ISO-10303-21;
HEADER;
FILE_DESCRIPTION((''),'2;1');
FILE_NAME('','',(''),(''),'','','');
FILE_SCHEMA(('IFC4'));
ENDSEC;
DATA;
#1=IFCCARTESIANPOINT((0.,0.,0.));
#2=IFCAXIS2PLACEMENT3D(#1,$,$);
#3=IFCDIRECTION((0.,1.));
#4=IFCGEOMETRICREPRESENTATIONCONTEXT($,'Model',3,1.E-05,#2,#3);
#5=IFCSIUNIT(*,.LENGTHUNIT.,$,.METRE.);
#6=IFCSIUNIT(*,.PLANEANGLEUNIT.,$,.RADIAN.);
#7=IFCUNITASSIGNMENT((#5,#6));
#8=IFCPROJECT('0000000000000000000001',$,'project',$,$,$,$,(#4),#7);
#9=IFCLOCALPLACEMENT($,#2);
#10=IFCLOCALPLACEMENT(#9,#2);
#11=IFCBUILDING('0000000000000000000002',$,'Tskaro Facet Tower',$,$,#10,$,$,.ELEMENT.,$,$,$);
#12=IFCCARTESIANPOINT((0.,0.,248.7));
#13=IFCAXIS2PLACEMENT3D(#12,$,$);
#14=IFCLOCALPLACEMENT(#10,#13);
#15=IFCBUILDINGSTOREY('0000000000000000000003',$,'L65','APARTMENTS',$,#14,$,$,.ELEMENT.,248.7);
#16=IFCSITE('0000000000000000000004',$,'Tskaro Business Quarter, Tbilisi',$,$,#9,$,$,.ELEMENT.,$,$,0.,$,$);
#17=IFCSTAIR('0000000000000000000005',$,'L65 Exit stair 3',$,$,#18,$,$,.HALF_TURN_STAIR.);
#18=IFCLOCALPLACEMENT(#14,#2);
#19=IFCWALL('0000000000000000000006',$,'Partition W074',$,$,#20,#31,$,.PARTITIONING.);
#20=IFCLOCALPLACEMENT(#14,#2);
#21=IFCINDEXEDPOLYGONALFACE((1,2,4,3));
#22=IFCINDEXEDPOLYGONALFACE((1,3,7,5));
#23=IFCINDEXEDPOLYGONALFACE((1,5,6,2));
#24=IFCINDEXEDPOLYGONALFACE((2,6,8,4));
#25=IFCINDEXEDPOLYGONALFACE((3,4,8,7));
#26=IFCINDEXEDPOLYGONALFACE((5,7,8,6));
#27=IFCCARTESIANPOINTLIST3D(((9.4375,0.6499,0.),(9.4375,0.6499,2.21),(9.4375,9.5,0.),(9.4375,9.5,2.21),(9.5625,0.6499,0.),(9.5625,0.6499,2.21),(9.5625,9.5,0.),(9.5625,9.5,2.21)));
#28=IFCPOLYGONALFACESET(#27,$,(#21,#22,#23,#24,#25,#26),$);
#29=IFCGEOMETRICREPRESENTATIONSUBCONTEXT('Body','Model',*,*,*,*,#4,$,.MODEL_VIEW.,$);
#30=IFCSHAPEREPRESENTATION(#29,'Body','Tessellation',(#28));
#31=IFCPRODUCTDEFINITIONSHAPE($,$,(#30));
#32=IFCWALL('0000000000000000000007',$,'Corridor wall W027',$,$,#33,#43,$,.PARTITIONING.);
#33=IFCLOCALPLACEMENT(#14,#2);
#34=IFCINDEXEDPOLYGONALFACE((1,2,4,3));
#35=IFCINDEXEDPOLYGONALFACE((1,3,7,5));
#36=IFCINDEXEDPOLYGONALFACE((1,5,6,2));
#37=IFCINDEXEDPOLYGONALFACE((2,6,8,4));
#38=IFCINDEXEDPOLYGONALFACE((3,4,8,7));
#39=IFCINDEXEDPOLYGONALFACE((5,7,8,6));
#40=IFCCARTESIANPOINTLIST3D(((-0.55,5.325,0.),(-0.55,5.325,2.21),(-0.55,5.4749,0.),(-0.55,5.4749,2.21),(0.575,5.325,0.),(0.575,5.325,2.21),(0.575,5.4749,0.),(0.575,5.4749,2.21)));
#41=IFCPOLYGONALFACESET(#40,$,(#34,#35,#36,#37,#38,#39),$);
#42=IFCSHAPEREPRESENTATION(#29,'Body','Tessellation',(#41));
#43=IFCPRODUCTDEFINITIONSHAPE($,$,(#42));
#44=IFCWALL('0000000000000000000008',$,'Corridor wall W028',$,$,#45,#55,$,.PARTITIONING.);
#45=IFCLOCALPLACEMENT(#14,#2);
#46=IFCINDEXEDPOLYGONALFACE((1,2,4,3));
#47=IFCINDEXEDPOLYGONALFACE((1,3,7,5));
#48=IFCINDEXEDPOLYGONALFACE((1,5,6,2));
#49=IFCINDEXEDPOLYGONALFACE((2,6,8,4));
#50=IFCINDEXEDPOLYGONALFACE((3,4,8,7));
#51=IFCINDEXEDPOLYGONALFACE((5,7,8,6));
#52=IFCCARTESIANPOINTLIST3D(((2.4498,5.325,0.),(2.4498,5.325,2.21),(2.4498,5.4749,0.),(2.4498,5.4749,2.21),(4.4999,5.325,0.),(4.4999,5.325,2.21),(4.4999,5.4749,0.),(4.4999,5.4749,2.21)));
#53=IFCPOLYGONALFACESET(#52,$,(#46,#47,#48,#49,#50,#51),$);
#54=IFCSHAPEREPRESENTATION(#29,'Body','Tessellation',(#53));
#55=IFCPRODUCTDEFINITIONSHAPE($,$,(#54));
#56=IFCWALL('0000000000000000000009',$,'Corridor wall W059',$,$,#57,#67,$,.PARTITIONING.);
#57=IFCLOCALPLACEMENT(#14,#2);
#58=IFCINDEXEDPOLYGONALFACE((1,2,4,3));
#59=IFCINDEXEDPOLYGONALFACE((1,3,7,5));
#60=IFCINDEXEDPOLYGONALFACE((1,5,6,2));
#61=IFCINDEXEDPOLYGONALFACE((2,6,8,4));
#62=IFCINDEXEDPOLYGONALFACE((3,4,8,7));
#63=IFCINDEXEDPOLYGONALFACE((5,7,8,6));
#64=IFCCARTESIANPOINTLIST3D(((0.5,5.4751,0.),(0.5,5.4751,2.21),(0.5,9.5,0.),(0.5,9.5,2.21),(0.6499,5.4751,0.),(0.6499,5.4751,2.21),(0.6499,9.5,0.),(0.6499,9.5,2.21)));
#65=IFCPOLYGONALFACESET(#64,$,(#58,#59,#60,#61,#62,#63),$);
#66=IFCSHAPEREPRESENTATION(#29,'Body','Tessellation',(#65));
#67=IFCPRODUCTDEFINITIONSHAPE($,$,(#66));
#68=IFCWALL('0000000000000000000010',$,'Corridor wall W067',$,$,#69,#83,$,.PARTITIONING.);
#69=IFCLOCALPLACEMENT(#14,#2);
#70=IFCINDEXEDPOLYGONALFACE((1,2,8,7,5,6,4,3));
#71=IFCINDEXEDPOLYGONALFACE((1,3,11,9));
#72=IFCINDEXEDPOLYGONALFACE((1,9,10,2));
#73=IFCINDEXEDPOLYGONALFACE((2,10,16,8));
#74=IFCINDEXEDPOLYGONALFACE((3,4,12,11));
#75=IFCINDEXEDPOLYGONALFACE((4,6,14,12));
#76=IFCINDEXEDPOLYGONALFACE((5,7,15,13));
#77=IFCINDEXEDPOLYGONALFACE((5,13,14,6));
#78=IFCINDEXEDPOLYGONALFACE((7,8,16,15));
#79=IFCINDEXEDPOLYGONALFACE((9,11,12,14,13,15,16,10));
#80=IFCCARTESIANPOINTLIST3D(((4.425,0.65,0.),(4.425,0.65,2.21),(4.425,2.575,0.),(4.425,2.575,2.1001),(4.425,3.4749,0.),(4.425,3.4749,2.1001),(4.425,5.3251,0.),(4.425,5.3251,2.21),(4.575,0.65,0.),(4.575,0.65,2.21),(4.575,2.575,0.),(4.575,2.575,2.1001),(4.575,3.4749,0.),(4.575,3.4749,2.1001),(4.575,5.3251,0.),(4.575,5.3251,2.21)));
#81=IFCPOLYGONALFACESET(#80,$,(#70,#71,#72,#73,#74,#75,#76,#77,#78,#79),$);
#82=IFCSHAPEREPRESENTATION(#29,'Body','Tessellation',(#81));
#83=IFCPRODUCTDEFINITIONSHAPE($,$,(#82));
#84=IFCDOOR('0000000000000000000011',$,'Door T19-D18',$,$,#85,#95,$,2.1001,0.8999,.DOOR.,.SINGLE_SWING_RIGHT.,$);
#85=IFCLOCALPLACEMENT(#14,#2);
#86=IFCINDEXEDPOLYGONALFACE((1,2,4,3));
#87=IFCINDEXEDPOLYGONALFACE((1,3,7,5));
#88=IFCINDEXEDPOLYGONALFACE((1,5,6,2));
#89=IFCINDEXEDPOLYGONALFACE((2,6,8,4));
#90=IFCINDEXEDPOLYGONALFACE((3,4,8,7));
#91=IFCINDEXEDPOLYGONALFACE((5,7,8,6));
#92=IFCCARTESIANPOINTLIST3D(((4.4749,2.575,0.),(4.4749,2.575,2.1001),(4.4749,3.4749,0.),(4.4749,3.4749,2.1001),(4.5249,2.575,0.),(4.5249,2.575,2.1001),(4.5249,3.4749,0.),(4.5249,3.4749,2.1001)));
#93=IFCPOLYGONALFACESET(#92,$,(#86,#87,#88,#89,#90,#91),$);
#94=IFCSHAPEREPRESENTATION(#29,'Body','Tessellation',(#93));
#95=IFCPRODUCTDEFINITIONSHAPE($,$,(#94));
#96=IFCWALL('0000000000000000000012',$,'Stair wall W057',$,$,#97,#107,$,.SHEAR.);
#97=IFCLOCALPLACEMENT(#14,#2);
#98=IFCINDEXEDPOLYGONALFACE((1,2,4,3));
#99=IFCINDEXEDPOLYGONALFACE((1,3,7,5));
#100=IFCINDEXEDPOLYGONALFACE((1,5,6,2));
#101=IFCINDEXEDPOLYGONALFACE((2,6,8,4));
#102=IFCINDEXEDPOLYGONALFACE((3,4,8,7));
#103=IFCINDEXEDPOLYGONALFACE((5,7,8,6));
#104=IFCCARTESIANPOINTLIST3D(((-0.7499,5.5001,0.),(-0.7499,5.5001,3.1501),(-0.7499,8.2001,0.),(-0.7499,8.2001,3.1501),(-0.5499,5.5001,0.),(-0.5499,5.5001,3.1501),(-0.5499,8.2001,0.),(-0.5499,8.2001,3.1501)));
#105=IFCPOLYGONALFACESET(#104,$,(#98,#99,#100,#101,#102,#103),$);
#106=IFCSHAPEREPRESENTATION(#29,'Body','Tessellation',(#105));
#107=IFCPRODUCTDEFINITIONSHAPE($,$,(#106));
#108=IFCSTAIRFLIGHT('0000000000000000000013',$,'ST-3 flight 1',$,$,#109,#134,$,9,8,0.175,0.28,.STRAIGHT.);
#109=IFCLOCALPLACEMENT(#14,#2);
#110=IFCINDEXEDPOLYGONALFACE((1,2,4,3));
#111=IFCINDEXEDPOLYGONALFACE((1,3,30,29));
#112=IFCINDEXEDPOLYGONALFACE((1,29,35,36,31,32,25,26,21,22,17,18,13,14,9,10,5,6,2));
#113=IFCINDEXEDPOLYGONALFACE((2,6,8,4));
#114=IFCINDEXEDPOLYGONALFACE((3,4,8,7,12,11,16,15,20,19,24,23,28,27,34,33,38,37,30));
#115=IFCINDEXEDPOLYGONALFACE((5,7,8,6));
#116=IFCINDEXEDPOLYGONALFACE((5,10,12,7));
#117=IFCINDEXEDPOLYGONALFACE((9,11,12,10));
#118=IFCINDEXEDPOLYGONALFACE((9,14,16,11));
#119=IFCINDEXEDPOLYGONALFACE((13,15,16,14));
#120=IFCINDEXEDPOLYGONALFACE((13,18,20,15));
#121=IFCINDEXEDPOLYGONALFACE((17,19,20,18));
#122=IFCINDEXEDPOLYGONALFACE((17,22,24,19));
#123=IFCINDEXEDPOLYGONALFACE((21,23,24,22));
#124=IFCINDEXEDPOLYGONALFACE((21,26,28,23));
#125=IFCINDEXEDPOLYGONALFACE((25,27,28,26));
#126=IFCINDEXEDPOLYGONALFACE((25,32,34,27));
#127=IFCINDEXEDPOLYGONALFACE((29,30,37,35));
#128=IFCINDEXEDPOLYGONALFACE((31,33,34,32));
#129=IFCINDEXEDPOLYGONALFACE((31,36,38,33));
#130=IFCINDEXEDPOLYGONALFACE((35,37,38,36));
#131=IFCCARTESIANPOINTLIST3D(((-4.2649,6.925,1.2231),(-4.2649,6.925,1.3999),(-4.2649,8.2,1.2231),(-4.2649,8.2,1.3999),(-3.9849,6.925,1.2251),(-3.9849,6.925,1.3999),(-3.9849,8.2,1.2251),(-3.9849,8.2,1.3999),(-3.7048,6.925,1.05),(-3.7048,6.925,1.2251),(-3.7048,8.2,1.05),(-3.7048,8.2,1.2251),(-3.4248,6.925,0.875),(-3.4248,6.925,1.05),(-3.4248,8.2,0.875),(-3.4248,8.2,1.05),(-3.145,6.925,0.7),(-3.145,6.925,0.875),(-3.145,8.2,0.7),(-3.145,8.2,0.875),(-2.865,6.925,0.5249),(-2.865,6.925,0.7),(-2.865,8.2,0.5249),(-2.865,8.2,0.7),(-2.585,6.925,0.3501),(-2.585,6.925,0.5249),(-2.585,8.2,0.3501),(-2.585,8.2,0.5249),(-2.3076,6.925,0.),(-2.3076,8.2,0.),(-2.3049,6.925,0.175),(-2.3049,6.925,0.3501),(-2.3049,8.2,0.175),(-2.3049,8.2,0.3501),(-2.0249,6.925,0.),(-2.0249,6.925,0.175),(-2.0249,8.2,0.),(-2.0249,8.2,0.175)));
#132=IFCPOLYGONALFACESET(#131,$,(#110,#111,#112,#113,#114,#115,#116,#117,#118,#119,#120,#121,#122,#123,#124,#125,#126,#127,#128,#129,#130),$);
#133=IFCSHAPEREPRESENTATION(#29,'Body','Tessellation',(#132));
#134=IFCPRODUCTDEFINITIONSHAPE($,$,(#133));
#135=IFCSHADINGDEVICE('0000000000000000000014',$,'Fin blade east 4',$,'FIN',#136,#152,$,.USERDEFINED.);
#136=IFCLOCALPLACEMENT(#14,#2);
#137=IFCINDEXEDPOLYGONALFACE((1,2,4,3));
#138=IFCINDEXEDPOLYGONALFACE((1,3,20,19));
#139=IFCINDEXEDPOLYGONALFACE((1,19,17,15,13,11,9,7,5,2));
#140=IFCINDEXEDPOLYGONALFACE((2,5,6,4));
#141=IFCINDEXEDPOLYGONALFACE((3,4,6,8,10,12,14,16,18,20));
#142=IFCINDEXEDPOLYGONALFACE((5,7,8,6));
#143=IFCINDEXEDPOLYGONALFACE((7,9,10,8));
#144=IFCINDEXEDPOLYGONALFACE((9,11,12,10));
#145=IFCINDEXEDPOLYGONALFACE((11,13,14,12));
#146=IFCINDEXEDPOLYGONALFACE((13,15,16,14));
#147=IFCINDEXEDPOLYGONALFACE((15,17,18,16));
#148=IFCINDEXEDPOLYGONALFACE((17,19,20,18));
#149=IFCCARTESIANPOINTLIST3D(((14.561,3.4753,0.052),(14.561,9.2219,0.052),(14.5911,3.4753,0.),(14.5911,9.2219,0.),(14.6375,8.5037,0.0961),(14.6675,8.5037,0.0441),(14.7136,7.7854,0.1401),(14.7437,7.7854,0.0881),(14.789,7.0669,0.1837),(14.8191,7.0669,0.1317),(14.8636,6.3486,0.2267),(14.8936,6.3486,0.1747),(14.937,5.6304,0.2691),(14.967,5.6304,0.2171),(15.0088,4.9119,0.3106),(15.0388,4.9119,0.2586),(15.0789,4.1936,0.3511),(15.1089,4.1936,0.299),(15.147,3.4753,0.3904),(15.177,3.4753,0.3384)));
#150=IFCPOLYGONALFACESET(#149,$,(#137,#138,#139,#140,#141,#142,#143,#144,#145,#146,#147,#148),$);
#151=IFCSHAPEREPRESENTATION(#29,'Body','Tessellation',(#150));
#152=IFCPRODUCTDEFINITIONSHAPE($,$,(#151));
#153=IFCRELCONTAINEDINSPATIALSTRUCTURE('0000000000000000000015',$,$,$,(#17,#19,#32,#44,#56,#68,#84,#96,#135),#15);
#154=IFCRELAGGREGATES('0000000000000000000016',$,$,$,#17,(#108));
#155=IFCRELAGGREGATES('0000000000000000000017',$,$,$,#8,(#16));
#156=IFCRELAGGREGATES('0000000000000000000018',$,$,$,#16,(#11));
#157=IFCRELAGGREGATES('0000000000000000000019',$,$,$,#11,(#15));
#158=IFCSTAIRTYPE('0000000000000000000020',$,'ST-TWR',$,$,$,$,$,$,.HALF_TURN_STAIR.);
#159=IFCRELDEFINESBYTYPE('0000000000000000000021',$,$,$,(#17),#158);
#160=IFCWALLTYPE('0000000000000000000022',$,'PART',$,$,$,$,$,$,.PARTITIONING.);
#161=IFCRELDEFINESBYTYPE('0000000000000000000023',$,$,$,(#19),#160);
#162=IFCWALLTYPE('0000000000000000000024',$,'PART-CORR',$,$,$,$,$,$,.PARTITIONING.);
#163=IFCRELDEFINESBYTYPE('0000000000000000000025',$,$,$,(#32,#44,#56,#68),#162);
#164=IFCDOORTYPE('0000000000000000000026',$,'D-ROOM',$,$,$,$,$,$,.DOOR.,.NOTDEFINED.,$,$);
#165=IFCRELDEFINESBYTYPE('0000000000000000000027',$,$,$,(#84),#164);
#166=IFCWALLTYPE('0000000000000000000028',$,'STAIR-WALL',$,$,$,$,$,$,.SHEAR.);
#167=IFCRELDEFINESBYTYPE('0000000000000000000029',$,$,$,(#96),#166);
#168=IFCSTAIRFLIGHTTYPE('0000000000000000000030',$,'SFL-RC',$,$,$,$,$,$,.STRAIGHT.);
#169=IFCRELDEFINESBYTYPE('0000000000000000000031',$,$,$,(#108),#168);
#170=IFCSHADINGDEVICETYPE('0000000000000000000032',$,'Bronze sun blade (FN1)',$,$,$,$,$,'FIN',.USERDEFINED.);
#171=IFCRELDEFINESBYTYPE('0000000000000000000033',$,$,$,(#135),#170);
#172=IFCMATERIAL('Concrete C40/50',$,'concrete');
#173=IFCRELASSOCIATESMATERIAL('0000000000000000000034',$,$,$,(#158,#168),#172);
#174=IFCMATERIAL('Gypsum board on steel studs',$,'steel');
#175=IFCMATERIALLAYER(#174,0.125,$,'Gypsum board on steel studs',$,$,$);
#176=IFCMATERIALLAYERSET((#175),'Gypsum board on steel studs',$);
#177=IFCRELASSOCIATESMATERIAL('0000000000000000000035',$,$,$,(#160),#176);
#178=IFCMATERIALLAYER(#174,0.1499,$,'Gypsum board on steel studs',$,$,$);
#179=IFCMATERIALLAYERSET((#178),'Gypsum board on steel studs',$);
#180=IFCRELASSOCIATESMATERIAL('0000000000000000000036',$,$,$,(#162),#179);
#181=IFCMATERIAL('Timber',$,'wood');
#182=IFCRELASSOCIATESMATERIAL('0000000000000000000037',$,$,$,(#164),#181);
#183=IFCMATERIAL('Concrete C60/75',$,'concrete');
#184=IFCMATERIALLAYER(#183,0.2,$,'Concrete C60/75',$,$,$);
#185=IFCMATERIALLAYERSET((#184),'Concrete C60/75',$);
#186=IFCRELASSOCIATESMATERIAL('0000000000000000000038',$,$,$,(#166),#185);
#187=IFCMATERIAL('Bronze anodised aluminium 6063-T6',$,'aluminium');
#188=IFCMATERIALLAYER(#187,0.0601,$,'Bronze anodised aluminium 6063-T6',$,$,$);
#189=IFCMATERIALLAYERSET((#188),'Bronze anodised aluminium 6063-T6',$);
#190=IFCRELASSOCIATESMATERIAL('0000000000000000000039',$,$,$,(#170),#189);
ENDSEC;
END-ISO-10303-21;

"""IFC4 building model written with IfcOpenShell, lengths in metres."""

from ifc_helpers import new_model, si_unit, direction, frame, frame_2d, origin, place, context, subcontext, project, spatial, polyline, rectangle, outline, extrude, material, layer, layer_set, type_object, element, fill, aggregate, save


model = new_model("IFC4")

# Units and contexts
model_context = context("Model", 3, precision=1e-05, world=origin(), true_north=direction((0.0, 1.0)))
body_context = subcontext(model_context, "Body", "Model", "MODEL_VIEW")
ifc_project = project(units=[si_unit("LENGTHUNIT", "METRE"), si_unit("PLANEANGLEUNIT", "RADIAN")], contexts=[model_context])

# Site, building, storey
site_placement = place(None, origin())
site = spatial("IfcSite", under=ifc_project, at=site_placement, Name="Tskaro Business Quarter, Tbilisi", CompositionType="ELEMENT", RefElevation=0.0)
building_placement = place(site_placement, origin())
building = spatial("IfcBuilding", under=site, at=building_placement, Name="Tskaro Facet Tower", CompositionType="ELEMENT")
storey_placement = place(building_placement, frame((0.0, 0.0, 248.7)))
storey = spatial("IfcBuildingStorey", under=building, at=storey_placement, Name="L65", Description="APARTMENTS", CompositionType="ELEMENT", Elevation=248.7)

# Shared definitions
ifc_material_1 = material(Name="Bronze anodised aluminium 6063-T6", Category="aluminium")

# Stair
ifc_material_2 = material(Name="Concrete C40/50", Category="concrete")
stair_type = type_object("IfcStairType", Name="ST-TWR", PredefinedType="HALF_TURN_STAIR", material=ifc_material_2)
stair_1_placement = place(storey_placement, origin())
stair_1 = element("IfcStair", 1, at=stair_1_placement, inside=storey, type_object=stair_type, Name="L65 Exit stair 3", PredefinedType="HALF_TURN_STAIR")

# Shared definitions
ifc_material_3 = material(Name="Concrete C60/75", Category="concrete")

# Walls
ifc_material_4 = material(Name="Gypsum board on steel studs", Category="steel")
ifc_layer_1 = layer(ifc_material_4, 0.125, Name="Gypsum board on steel studs")
ifc_layer_set_1 = layer_set([ifc_layer_1], Name="Gypsum board on steel studs")
wall_type_1 = type_object("IfcWallType", Name="PART", PredefinedType="PARTITIONING", material=ifc_layer_set_1)
wall_1_placement = place(storey_placement, frame((9.5, 0.6499, 0.0), z_axis=(0.0, 0.0, 1.0), x_axis=(0.0, 1.0, 0.0)))
element("IfcWall", 2, at=wall_1_placement, inside=storey, type_object=wall_type_1, Name="Partition W074", PredefinedType="PARTITIONING", context=body_context, shape_type="SweptSolid", body=[
    extrude(rectangle(XDim=8.8501, YDim=0.125, at=frame_2d((4.425, 0.0))), origin(), (0.0, 0.0, 1.0), 2.21),
])
ifc_layer_2 = layer(ifc_material_4, 0.1499, Name="Gypsum board on steel studs")
ifc_layer_set_2 = layer_set([ifc_layer_2], Name="Gypsum board on steel studs")
wall_type_2 = type_object("IfcWallType", Name="PART-CORR", PredefinedType="PARTITIONING", material=ifc_layer_set_2)
wall_2_placement = place(storey_placement, frame((-0.55, 5.3999, 0.0), z_axis=(0.0, 0.0, 1.0), x_axis=(1.0, 0.0, 0.0)))
element("IfcWall", 3, at=wall_2_placement, inside=storey, type_object=wall_type_2, Name="Corridor wall W027", PredefinedType="PARTITIONING", context=body_context, shape_type="SweptSolid", body=[
    extrude(rectangle(XDim=1.125, YDim=0.1499, at=frame_2d((0.5625, 0.0))), origin(), (0.0, 0.0, 1.0), 2.21),
])
wall_3_placement = place(storey_placement, frame((2.45, 5.3999, 0.0), z_axis=(0.0, 0.0, 1.0), x_axis=(1.0, 0.0, 0.0)))
element("IfcWall", 4, at=wall_3_placement, inside=storey, type_object=wall_type_2, Name="Corridor wall W028", PredefinedType="PARTITIONING", context=body_context, shape_type="SweptSolid", body=[
    extrude(rectangle(XDim=2.05, YDim=0.1499, at=frame_2d((1.0249, 0.0))), origin(), (0.0, 0.0, 1.0), 2.21),
])
wall_4_placement = place(storey_placement, frame((0.575, 5.4751, 0.0), z_axis=(0.0, 0.0, 1.0), x_axis=(0.0, 1.0, 0.0)))
element("IfcWall", 5, at=wall_4_placement, inside=storey, type_object=wall_type_2, Name="Corridor wall W059", PredefinedType="PARTITIONING", context=body_context, shape_type="SweptSolid", body=[
    extrude(rectangle(XDim=4.0249, YDim=0.1499, at=frame_2d((2.0125, 0.0))), origin(), (0.0, 0.0, 1.0), 2.21),
])

# Wall, opening, door
wall_5_placement = place(storey_placement, frame((4.5, 5.325, 0.0), z_axis=(0.0, 0.0, 1.0), x_axis=(0.0, -1.0, 0.0)))
wall_5 = element("IfcWall", 6, at=wall_5_placement, inside=storey, type_object=wall_type_2, Name="Corridor wall W067", PredefinedType="PARTITIONING", context=body_context, shape_type="SweptSolid", body=[
    extrude(rectangle(XDim=4.675, YDim=0.1499, at=frame_2d((2.3374, 0.0))), origin(), (0.0, 0.0, 1.0), 2.21),
])
opening_placement = place(wall_5_placement, frame((1.8501, 0.0, 0.0)))
opening = element("IfcOpeningElement", 7, at=opening_placement, cuts=wall_5, PredefinedType="OPENING", context=body_context, shape_type="SweptSolid", body=[
    extrude(rectangle(XDim=0.8999, YDim=2.1001, at=frame_2d((0.45, 1.05))), frame((0.0, 0.085, 0.0), z_axis=(0.0, -1.0, 0.0), x_axis=(1.0, 0.0, 0.0)), (0.0, 0.0, 1.0), 0.1699),
])
ifc_material_5 = material(Name="Timber", Category="wood")
door_type = type_object("IfcDoorType", Name="D-ROOM", OperationType="NOTDEFINED", PredefinedType="DOOR", material=ifc_material_5)
door_placement = place(opening_placement, origin())
door = element("IfcDoor", 8, at=door_placement, inside=storey, type_object=door_type, Name="Door T19-D18", OperationType="SINGLE_SWING_RIGHT", OverallHeight=2.1001, OverallWidth=0.8999, PredefinedType="DOOR", context=body_context, shape_type="SweptSolid", body=[
    extrude(rectangle(XDim=0.8999, YDim=2.1001, at=frame_2d((0.45, 1.05))), frame((0.0, 0.0249, 0.0), z_axis=(0.0, -1.0, 0.0), x_axis=(1.0, 0.0, 0.0)), (0.0, 0.0, 1.0), 0.05),
])
fill(opening, door)

# Wall
ifc_layer_3 = layer(ifc_material_3, 0.2, Name="Concrete C60/75")
ifc_layer_set_3 = layer_set([ifc_layer_3], Name="Concrete C60/75")
wall_type_3 = type_object("IfcWallType", Name="STAIR-WALL", PredefinedType="SHEAR", material=ifc_layer_set_3)
wall_6_placement = place(storey_placement, frame((-0.6499, 5.5, 0.0), z_axis=(0.0, 0.0, 1.0), x_axis=(0.0, 1.0, 0.0)))
element("IfcWall", 9, at=wall_6_placement, inside=storey, type_object=wall_type_3, Name="Stair wall W057", PredefinedType="SHEAR", context=body_context, shape_type="SweptSolid", body=[
    extrude(rectangle(XDim=2.7, YDim=0.2, at=frame_2d((1.3501, 0.0))), origin(), (0.0, 0.0, 1.0), 3.1501),
])

# Stair flight
stair_flight_type = type_object("IfcStairFlightType", Name="SFL-RC", PredefinedType="STRAIGHT", material=ifc_material_2)
stair_flight_placement = place(storey_placement, frame((-2.0249, 7.5625, 0.0), z_axis=(0.0, 0.0, 1.0), x_axis=(-1.0, 0.0, 0.0)))
stair_flight = element("IfcStairFlight", 10, at=stair_flight_placement, type_object=stair_flight_type, Name="ST-3 flight 1", NumberOfRisers=9, NumberOfTreads=8, PredefinedType="STRAIGHT", RiserHeight=0.175, TreadLength=0.28, context=body_context, shape_type="SweptSolid", body=[
    extrude(outline(polyline([(0.0, 0.0), (0.0, 0.175), (0.28, 0.175), (0.28, 0.3501), (0.5601, 0.3501), (0.5601, 0.5249), (0.8401, 0.5249), (0.8401, 0.7), (1.1201, 0.7), (1.1201, 0.875), (1.3999, 0.875), (1.3999, 1.05), (1.6799, 1.05), (1.6799, 1.2251), (1.96, 1.2251), (1.96, 1.3999), (2.24, 1.3999), (2.24, 1.575), (2.24, 1.2231), (0.2827, 0.0), (0.0, 0.0)])), frame((0.0, 0.6375, 0.0), z_axis=(0.0, -1.0, 0.0), x_axis=(1.0, 0.0, 0.0)), (0.0, 0.0, 1.0), 1.2749),
])
aggregate(stair_1, [stair_flight])

# Shading device
ifc_layer_4 = layer(ifc_material_1, 0.0601, Name="Bronze anodised aluminium 6063-T6")
ifc_layer_set_4 = layer_set([ifc_layer_4], Name="Bronze anodised aluminium 6063-T6")
shading_device_type = type_object("IfcShadingDeviceType", Name="Bronze sun blade (FN1)", ElementType="FIN", PredefinedType="USERDEFINED", material=ifc_layer_set_4)
shading_device_placement = place(storey_placement, frame((14.561, 3.4753, 0.052), z_axis=(-0.5001, 0.0, 0.865968), x_axis=(0.0, 1.0, 0.0)))
element("IfcShadingDevice", 11, at=shading_device_placement, inside=storey, type_object=shading_device_type, Name="Fin blade east 4", ObjectType="FIN", PredefinedType="USERDEFINED", context=body_context, shape_type="SweptSolid", body=[
    extrude(outline(polyline([(0.0, 0.0), (5.7466, 0.0), (5.0283, -0.0883), (4.3101, -0.1762), (3.5916, -0.2633), (2.8733, -0.3494), (2.155, -0.4341), (1.4365, -0.517), (0.7183, -0.598), (0.0, -0.6766), (0.0, 0.0)])), origin(), (0.0, 0.0, -1.0), 0.0601),
])

save(model, "model.ifc")
